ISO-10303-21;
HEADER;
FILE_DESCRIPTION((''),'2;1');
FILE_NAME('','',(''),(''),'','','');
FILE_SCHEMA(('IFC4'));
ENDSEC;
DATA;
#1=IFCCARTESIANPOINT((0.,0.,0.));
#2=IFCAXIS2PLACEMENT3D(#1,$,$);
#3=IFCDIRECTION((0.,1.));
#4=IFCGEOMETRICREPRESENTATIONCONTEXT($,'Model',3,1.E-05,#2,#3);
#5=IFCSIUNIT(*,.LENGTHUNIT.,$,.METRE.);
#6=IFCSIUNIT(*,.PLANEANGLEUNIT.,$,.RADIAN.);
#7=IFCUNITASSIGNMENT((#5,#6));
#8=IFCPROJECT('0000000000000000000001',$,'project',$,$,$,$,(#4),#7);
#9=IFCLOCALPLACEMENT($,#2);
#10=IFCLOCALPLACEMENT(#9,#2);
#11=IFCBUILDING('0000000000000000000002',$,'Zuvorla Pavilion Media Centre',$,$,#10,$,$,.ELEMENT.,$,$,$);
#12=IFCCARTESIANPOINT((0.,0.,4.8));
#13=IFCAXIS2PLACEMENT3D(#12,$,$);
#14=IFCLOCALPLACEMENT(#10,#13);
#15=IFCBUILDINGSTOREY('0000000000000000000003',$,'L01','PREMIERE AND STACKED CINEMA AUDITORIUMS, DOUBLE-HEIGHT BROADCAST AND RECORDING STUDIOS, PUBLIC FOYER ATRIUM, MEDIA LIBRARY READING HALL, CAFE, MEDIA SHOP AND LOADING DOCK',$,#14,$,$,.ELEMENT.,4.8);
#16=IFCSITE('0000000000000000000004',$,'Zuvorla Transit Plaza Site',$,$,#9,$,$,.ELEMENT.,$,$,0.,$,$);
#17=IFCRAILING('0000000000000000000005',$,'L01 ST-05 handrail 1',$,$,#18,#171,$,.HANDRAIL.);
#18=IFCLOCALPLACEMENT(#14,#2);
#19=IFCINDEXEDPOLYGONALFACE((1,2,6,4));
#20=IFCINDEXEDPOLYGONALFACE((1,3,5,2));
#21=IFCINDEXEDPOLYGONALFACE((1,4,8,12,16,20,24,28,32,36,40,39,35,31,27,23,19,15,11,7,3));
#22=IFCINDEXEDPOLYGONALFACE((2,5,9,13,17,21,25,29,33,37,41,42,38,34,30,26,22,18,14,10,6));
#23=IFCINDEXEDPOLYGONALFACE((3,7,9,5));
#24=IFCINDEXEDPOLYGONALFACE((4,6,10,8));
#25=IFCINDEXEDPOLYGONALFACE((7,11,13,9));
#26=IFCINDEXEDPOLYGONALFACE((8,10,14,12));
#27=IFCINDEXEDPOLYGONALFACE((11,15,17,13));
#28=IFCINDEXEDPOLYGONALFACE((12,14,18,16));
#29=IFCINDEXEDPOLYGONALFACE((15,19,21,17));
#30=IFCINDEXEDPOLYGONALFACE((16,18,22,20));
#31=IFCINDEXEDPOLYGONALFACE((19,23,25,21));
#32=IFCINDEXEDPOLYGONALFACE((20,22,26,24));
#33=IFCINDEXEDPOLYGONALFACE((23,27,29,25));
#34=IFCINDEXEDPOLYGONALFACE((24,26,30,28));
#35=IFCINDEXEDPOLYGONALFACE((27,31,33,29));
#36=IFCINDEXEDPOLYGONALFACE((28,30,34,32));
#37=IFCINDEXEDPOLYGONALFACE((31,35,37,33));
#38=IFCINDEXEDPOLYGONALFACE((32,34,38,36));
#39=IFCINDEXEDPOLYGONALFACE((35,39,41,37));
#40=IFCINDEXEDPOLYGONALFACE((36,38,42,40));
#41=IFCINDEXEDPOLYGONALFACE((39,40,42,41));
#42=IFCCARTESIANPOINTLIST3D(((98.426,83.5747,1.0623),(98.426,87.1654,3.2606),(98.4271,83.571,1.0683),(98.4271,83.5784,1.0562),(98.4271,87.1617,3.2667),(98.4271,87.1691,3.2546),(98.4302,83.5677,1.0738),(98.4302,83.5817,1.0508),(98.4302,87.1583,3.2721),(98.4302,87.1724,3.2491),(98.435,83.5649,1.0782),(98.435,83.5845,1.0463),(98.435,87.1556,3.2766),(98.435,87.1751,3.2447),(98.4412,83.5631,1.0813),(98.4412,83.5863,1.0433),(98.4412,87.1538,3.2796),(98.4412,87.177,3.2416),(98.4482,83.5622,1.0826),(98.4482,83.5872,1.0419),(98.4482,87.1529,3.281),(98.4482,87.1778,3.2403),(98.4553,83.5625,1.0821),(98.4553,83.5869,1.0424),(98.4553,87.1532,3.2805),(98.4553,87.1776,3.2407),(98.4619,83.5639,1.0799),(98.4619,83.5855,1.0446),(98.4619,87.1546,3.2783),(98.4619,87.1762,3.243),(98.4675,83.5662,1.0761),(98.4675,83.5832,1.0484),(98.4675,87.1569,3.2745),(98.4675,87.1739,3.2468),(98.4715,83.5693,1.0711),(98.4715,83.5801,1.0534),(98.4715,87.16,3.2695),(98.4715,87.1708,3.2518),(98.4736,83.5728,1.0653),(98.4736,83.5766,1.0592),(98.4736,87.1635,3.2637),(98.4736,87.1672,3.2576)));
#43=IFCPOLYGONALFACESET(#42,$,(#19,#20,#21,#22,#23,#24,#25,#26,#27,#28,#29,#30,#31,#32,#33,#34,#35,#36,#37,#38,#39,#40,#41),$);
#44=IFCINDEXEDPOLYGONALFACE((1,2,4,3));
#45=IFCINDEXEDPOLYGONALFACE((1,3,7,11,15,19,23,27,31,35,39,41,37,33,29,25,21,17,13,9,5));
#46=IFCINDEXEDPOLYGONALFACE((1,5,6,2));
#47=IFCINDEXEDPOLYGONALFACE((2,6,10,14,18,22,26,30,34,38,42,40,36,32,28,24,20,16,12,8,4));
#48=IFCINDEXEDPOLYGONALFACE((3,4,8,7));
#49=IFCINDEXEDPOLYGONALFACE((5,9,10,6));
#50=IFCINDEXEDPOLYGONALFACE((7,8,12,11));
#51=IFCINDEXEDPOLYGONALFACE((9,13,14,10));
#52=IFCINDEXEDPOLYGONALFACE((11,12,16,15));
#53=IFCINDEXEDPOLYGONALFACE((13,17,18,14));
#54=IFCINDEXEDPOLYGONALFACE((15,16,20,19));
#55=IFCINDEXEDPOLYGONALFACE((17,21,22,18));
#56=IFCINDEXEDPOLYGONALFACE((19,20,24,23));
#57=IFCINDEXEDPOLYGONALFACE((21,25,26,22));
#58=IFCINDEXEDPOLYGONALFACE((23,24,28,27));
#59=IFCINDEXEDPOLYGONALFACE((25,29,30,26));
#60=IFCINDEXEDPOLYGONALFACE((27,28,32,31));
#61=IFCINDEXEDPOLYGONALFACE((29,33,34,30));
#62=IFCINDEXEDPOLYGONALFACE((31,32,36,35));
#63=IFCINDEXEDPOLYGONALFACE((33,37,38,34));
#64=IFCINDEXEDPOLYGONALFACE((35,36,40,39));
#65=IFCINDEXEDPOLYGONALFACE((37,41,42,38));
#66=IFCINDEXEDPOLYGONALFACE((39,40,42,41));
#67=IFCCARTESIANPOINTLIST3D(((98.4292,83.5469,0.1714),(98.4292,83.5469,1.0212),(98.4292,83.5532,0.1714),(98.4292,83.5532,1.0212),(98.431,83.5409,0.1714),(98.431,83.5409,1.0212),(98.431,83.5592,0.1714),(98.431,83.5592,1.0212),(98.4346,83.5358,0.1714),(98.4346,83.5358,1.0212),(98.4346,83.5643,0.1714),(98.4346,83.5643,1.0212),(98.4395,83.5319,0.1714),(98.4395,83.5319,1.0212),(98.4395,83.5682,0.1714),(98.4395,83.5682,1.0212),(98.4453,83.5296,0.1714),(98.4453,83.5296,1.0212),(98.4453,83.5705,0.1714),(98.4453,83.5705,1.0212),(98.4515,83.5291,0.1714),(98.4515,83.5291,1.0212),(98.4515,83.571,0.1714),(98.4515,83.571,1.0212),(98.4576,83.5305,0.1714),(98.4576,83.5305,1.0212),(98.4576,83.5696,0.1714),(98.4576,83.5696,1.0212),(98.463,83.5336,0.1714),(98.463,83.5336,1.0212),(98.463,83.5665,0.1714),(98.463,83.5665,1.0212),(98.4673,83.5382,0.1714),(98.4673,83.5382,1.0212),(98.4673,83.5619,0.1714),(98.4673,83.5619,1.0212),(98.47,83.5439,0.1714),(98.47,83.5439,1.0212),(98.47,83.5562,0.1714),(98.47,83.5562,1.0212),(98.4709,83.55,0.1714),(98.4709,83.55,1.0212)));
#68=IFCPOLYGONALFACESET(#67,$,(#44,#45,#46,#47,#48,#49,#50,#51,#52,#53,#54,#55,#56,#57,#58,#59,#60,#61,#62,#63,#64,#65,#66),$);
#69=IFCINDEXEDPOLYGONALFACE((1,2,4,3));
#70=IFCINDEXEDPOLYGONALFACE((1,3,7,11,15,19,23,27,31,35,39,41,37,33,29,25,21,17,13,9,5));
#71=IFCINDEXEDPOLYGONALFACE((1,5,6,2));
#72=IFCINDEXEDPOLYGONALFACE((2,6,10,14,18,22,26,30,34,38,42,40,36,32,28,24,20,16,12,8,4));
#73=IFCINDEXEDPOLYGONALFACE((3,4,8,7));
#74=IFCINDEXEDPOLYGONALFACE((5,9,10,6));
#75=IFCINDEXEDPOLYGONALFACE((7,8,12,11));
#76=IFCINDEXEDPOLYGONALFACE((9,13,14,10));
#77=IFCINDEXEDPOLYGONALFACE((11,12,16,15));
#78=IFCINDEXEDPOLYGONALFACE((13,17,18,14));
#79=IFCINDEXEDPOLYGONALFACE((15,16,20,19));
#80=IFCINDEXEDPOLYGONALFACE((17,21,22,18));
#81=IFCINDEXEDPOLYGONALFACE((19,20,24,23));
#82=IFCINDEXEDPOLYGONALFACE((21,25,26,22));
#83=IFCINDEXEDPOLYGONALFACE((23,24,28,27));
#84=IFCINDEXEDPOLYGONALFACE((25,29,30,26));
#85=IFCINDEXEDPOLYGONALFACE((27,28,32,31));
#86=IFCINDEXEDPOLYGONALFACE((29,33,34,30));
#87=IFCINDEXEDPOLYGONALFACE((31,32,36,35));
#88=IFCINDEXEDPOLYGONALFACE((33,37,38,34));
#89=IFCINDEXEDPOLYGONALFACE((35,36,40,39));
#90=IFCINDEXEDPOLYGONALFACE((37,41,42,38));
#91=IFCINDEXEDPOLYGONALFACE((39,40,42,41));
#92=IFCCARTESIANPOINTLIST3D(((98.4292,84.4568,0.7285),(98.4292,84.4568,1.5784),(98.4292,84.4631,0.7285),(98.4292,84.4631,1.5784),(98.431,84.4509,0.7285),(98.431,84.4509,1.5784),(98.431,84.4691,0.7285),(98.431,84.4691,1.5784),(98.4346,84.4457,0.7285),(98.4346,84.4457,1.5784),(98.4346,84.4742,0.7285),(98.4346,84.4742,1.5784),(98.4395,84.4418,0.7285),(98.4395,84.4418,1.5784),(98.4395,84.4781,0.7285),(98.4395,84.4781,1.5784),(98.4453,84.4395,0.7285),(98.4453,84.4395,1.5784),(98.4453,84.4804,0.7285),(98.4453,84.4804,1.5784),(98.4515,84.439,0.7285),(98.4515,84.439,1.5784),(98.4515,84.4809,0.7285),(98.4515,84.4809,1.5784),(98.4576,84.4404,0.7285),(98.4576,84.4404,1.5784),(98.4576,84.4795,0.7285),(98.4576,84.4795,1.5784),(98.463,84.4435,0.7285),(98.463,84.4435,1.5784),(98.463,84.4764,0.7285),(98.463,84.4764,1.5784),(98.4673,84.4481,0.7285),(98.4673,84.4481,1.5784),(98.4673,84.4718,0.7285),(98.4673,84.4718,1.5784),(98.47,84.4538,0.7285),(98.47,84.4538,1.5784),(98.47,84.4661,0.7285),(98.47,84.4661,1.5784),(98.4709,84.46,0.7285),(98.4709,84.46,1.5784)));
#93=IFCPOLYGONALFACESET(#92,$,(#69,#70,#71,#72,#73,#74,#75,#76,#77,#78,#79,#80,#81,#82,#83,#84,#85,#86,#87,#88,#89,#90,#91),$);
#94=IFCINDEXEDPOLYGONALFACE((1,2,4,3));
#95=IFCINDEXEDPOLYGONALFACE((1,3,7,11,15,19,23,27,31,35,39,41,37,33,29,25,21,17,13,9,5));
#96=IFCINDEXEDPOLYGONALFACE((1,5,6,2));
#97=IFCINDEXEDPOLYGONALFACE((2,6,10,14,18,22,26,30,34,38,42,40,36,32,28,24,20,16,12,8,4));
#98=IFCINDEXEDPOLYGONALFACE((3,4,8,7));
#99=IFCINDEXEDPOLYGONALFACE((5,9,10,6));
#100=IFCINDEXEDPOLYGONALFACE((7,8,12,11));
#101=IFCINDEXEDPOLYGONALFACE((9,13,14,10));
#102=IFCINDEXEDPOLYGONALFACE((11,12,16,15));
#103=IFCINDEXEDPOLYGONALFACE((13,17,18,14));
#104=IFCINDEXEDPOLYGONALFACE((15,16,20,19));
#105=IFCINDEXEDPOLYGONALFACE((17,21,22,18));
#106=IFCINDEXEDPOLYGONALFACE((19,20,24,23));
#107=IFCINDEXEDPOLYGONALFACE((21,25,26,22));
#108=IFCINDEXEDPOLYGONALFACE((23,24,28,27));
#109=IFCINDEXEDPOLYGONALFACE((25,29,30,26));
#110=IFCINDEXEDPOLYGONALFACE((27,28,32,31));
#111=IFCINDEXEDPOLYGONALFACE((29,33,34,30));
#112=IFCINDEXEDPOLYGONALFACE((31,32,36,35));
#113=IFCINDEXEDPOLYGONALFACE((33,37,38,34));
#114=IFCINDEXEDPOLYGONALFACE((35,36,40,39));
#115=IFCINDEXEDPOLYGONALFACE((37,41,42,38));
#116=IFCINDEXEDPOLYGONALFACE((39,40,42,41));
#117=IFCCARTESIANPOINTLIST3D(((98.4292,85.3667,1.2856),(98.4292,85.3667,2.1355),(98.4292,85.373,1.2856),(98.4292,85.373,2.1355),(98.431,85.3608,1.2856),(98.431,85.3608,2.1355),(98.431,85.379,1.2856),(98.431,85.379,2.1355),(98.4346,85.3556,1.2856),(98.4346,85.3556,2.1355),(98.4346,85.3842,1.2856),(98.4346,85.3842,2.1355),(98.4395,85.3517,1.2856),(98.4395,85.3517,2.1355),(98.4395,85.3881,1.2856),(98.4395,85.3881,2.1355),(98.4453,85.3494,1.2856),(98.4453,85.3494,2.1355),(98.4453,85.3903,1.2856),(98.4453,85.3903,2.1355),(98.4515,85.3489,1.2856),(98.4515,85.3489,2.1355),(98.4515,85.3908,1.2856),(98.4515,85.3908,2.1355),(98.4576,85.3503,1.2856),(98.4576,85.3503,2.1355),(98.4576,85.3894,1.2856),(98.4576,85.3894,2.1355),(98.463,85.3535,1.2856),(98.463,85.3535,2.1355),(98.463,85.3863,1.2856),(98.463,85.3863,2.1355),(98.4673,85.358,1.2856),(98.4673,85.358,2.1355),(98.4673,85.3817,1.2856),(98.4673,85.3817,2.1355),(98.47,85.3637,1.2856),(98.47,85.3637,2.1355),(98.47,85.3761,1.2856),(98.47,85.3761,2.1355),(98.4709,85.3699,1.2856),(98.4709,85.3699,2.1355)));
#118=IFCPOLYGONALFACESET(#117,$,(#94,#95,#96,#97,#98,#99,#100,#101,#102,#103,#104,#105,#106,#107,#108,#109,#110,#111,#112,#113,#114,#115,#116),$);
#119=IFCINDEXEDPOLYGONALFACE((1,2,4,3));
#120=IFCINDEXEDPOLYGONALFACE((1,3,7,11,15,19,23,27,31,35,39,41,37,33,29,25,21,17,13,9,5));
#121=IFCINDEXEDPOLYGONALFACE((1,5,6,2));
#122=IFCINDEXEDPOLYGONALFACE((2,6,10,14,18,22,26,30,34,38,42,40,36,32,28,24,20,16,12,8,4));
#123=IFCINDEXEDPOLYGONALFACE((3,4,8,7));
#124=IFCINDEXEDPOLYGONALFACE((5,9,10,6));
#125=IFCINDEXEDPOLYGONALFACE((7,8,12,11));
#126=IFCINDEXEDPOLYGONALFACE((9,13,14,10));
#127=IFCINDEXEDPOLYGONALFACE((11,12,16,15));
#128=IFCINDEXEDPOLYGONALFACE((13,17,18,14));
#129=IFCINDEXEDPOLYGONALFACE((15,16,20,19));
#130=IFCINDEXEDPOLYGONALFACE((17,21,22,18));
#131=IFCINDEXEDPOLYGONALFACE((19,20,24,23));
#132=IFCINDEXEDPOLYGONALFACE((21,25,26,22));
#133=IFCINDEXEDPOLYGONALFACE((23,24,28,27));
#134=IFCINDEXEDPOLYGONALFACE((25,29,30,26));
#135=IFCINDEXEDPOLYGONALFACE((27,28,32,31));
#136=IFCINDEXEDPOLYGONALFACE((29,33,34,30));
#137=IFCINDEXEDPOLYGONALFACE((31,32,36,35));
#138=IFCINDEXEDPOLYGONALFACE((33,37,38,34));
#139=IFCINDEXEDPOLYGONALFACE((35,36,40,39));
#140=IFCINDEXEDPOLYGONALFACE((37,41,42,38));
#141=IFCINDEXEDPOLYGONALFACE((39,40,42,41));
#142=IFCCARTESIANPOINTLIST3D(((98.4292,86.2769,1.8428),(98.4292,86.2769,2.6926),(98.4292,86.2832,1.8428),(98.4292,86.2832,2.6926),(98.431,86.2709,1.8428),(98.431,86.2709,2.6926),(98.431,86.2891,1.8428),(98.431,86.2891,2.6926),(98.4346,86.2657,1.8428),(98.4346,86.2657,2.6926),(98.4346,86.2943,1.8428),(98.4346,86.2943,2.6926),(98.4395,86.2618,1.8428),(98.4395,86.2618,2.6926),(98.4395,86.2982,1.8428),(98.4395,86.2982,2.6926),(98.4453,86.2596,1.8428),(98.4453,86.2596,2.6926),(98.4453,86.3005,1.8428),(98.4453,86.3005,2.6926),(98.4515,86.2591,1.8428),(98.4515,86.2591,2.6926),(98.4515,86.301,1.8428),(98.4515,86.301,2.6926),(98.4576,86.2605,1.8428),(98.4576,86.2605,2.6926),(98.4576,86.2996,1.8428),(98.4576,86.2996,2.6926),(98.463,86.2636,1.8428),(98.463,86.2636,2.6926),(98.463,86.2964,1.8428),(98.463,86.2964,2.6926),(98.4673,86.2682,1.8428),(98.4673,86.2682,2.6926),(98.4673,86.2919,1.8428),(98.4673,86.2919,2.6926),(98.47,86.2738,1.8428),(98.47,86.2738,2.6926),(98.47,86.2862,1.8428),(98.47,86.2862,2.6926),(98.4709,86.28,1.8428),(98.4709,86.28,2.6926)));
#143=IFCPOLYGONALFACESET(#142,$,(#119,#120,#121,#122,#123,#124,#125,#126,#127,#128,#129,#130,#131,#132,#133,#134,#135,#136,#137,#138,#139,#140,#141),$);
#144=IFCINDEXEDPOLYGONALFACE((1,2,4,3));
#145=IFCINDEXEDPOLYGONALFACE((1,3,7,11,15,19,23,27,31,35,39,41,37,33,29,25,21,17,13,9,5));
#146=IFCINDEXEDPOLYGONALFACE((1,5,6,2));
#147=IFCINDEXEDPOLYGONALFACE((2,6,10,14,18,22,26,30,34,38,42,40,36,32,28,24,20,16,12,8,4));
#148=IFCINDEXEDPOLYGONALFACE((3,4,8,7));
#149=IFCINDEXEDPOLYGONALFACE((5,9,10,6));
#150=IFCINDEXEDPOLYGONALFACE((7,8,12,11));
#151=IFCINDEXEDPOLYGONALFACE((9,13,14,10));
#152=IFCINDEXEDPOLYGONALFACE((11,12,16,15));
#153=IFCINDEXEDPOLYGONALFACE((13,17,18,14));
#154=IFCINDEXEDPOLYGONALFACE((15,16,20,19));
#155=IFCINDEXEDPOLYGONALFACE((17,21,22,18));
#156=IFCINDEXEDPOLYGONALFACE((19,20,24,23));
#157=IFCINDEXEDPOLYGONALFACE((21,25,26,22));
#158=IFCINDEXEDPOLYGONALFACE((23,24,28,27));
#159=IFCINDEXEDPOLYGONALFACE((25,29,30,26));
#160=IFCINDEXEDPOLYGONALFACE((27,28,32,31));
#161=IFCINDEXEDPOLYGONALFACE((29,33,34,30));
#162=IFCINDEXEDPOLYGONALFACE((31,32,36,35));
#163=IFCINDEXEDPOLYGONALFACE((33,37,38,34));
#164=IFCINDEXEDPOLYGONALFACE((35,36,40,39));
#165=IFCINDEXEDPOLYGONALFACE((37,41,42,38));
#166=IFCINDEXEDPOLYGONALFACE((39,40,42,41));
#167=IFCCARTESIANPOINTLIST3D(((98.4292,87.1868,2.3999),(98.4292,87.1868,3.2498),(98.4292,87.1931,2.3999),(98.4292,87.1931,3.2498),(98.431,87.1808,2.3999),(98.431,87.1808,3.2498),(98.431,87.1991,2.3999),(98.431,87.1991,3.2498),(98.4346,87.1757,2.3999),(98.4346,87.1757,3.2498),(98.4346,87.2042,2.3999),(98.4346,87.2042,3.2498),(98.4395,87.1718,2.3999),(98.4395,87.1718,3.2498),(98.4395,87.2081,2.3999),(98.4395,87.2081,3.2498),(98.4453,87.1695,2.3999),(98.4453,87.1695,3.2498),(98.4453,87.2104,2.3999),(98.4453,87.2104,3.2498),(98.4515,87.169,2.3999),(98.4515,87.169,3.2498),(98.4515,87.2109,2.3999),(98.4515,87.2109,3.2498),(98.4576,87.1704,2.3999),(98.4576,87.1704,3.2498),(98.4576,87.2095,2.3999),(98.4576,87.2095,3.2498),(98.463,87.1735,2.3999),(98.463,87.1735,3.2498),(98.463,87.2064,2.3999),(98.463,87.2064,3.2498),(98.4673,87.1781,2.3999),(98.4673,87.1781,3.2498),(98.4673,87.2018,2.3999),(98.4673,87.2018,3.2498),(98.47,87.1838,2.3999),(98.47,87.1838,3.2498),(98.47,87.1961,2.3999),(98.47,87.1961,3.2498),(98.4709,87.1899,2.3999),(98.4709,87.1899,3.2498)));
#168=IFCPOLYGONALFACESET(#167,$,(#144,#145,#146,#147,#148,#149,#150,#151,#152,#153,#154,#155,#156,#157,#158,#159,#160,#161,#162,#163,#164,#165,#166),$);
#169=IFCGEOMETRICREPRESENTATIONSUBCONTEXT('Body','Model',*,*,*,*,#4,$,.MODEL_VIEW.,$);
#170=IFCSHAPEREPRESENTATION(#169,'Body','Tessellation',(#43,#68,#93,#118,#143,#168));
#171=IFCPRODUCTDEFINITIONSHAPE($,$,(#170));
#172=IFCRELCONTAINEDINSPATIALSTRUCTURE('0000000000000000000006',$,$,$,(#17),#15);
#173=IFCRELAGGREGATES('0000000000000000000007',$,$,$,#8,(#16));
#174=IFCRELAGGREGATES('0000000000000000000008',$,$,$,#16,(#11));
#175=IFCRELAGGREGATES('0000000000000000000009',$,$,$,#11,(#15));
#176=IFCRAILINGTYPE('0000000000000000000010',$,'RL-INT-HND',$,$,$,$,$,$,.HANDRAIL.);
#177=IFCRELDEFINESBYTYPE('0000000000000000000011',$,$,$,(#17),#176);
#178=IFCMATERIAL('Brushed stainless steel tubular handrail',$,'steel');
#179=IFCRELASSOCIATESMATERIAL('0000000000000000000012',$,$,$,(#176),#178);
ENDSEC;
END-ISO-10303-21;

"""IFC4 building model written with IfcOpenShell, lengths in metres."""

from ifc_helpers import new_model, si_unit, direction, frame, origin, origin_2d, place, context, subcontext, project, spatial, circle, extrude, material, type_object, element, save


model = new_model("IFC4")

# Units and contexts
model_context = context("Model", 3, precision=1e-05, world=origin(), true_north=direction((0.0, 1.0)))
body_context = subcontext(model_context, "Body", "Model", "MODEL_VIEW")
ifc_project = project(units=[si_unit("LENGTHUNIT", "METRE"), si_unit("PLANEANGLEUNIT", "RADIAN")], contexts=[model_context])

# Site, building, storey
site_placement = place(None, origin())
site = spatial("IfcSite", under=ifc_project, at=site_placement, Name="Zuvorla Transit Plaza Site", CompositionType="ELEMENT", RefElevation=0.0)
building_placement = place(site_placement, origin())
building = spatial("IfcBuilding", under=site, at=building_placement, Name="Zuvorla Pavilion Media Centre", CompositionType="ELEMENT")
storey_placement = place(building_placement, frame((0.0, 0.0, 4.8)))
storey = spatial("IfcBuildingStorey", under=building, at=storey_placement, Name="L01", Description="PREMIERE AND STACKED CINEMA AUDITORIUMS, DOUBLE-HEIGHT BROADCAST AND RECORDING STUDIOS, PUBLIC FOYER ATRIUM, MEDIA LIBRARY READING HALL, CAFE, MEDIA SHOP AND LOADING DOCK", CompositionType="ELEMENT", Elevation=4.8)

# Railing
ifc_material_1 = material(Name="Brushed stainless steel tubular handrail", Category="steel")
railing_type_1 = type_object("IfcRailingType", Name="RL-INT-HND", PredefinedType="HANDRAIL", material=ifc_material_1)
railing_1_placement = place(storey_placement, frame((98.45, 83.55, 0.1714)))
element("IfcRailing", 1, at=railing_1_placement, inside=storey, type_object=railing_type_1, Name="L01 ST-05 handrail 1", PredefinedType="HANDRAIL", context=body_context, shape_type="SweptSolid", body=[
    extrude(circle(Radius=0.0239, at=origin_2d()), frame((0.0, 0.0247, 0.8909), z_axis=(0.0, 0.85285, 0.522156), x_axis=(-1.0, 0.0, 0.0)), (0.0, 0.0, 1.0), 4.2102),
    extrude(circle(Radius=0.021, at=origin_2d()), origin(), (0.0, 0.0, 1.0), 0.8499),
    extrude(circle(Radius=0.021, at=origin_2d()), frame((0.0, 0.9099, 0.5571)), (0.0, 0.0, 1.0), 0.8499),
    extrude(circle(Radius=0.021, at=origin_2d()), frame((0.0, 1.8198, 1.1143)), (0.0, 0.0, 1.0), 0.8499),
    extrude(circle(Radius=0.021, at=origin_2d()), frame((0.0, 2.73, 1.6714)), (0.0, 0.0, 1.0), 0.8499),
    extrude(circle(Radius=0.021, at=origin_2d()), frame((0.0, 3.6399, 2.2285)), (0.0, 0.0, 1.0), 0.8499),
])

save(model, "model.ifc")
